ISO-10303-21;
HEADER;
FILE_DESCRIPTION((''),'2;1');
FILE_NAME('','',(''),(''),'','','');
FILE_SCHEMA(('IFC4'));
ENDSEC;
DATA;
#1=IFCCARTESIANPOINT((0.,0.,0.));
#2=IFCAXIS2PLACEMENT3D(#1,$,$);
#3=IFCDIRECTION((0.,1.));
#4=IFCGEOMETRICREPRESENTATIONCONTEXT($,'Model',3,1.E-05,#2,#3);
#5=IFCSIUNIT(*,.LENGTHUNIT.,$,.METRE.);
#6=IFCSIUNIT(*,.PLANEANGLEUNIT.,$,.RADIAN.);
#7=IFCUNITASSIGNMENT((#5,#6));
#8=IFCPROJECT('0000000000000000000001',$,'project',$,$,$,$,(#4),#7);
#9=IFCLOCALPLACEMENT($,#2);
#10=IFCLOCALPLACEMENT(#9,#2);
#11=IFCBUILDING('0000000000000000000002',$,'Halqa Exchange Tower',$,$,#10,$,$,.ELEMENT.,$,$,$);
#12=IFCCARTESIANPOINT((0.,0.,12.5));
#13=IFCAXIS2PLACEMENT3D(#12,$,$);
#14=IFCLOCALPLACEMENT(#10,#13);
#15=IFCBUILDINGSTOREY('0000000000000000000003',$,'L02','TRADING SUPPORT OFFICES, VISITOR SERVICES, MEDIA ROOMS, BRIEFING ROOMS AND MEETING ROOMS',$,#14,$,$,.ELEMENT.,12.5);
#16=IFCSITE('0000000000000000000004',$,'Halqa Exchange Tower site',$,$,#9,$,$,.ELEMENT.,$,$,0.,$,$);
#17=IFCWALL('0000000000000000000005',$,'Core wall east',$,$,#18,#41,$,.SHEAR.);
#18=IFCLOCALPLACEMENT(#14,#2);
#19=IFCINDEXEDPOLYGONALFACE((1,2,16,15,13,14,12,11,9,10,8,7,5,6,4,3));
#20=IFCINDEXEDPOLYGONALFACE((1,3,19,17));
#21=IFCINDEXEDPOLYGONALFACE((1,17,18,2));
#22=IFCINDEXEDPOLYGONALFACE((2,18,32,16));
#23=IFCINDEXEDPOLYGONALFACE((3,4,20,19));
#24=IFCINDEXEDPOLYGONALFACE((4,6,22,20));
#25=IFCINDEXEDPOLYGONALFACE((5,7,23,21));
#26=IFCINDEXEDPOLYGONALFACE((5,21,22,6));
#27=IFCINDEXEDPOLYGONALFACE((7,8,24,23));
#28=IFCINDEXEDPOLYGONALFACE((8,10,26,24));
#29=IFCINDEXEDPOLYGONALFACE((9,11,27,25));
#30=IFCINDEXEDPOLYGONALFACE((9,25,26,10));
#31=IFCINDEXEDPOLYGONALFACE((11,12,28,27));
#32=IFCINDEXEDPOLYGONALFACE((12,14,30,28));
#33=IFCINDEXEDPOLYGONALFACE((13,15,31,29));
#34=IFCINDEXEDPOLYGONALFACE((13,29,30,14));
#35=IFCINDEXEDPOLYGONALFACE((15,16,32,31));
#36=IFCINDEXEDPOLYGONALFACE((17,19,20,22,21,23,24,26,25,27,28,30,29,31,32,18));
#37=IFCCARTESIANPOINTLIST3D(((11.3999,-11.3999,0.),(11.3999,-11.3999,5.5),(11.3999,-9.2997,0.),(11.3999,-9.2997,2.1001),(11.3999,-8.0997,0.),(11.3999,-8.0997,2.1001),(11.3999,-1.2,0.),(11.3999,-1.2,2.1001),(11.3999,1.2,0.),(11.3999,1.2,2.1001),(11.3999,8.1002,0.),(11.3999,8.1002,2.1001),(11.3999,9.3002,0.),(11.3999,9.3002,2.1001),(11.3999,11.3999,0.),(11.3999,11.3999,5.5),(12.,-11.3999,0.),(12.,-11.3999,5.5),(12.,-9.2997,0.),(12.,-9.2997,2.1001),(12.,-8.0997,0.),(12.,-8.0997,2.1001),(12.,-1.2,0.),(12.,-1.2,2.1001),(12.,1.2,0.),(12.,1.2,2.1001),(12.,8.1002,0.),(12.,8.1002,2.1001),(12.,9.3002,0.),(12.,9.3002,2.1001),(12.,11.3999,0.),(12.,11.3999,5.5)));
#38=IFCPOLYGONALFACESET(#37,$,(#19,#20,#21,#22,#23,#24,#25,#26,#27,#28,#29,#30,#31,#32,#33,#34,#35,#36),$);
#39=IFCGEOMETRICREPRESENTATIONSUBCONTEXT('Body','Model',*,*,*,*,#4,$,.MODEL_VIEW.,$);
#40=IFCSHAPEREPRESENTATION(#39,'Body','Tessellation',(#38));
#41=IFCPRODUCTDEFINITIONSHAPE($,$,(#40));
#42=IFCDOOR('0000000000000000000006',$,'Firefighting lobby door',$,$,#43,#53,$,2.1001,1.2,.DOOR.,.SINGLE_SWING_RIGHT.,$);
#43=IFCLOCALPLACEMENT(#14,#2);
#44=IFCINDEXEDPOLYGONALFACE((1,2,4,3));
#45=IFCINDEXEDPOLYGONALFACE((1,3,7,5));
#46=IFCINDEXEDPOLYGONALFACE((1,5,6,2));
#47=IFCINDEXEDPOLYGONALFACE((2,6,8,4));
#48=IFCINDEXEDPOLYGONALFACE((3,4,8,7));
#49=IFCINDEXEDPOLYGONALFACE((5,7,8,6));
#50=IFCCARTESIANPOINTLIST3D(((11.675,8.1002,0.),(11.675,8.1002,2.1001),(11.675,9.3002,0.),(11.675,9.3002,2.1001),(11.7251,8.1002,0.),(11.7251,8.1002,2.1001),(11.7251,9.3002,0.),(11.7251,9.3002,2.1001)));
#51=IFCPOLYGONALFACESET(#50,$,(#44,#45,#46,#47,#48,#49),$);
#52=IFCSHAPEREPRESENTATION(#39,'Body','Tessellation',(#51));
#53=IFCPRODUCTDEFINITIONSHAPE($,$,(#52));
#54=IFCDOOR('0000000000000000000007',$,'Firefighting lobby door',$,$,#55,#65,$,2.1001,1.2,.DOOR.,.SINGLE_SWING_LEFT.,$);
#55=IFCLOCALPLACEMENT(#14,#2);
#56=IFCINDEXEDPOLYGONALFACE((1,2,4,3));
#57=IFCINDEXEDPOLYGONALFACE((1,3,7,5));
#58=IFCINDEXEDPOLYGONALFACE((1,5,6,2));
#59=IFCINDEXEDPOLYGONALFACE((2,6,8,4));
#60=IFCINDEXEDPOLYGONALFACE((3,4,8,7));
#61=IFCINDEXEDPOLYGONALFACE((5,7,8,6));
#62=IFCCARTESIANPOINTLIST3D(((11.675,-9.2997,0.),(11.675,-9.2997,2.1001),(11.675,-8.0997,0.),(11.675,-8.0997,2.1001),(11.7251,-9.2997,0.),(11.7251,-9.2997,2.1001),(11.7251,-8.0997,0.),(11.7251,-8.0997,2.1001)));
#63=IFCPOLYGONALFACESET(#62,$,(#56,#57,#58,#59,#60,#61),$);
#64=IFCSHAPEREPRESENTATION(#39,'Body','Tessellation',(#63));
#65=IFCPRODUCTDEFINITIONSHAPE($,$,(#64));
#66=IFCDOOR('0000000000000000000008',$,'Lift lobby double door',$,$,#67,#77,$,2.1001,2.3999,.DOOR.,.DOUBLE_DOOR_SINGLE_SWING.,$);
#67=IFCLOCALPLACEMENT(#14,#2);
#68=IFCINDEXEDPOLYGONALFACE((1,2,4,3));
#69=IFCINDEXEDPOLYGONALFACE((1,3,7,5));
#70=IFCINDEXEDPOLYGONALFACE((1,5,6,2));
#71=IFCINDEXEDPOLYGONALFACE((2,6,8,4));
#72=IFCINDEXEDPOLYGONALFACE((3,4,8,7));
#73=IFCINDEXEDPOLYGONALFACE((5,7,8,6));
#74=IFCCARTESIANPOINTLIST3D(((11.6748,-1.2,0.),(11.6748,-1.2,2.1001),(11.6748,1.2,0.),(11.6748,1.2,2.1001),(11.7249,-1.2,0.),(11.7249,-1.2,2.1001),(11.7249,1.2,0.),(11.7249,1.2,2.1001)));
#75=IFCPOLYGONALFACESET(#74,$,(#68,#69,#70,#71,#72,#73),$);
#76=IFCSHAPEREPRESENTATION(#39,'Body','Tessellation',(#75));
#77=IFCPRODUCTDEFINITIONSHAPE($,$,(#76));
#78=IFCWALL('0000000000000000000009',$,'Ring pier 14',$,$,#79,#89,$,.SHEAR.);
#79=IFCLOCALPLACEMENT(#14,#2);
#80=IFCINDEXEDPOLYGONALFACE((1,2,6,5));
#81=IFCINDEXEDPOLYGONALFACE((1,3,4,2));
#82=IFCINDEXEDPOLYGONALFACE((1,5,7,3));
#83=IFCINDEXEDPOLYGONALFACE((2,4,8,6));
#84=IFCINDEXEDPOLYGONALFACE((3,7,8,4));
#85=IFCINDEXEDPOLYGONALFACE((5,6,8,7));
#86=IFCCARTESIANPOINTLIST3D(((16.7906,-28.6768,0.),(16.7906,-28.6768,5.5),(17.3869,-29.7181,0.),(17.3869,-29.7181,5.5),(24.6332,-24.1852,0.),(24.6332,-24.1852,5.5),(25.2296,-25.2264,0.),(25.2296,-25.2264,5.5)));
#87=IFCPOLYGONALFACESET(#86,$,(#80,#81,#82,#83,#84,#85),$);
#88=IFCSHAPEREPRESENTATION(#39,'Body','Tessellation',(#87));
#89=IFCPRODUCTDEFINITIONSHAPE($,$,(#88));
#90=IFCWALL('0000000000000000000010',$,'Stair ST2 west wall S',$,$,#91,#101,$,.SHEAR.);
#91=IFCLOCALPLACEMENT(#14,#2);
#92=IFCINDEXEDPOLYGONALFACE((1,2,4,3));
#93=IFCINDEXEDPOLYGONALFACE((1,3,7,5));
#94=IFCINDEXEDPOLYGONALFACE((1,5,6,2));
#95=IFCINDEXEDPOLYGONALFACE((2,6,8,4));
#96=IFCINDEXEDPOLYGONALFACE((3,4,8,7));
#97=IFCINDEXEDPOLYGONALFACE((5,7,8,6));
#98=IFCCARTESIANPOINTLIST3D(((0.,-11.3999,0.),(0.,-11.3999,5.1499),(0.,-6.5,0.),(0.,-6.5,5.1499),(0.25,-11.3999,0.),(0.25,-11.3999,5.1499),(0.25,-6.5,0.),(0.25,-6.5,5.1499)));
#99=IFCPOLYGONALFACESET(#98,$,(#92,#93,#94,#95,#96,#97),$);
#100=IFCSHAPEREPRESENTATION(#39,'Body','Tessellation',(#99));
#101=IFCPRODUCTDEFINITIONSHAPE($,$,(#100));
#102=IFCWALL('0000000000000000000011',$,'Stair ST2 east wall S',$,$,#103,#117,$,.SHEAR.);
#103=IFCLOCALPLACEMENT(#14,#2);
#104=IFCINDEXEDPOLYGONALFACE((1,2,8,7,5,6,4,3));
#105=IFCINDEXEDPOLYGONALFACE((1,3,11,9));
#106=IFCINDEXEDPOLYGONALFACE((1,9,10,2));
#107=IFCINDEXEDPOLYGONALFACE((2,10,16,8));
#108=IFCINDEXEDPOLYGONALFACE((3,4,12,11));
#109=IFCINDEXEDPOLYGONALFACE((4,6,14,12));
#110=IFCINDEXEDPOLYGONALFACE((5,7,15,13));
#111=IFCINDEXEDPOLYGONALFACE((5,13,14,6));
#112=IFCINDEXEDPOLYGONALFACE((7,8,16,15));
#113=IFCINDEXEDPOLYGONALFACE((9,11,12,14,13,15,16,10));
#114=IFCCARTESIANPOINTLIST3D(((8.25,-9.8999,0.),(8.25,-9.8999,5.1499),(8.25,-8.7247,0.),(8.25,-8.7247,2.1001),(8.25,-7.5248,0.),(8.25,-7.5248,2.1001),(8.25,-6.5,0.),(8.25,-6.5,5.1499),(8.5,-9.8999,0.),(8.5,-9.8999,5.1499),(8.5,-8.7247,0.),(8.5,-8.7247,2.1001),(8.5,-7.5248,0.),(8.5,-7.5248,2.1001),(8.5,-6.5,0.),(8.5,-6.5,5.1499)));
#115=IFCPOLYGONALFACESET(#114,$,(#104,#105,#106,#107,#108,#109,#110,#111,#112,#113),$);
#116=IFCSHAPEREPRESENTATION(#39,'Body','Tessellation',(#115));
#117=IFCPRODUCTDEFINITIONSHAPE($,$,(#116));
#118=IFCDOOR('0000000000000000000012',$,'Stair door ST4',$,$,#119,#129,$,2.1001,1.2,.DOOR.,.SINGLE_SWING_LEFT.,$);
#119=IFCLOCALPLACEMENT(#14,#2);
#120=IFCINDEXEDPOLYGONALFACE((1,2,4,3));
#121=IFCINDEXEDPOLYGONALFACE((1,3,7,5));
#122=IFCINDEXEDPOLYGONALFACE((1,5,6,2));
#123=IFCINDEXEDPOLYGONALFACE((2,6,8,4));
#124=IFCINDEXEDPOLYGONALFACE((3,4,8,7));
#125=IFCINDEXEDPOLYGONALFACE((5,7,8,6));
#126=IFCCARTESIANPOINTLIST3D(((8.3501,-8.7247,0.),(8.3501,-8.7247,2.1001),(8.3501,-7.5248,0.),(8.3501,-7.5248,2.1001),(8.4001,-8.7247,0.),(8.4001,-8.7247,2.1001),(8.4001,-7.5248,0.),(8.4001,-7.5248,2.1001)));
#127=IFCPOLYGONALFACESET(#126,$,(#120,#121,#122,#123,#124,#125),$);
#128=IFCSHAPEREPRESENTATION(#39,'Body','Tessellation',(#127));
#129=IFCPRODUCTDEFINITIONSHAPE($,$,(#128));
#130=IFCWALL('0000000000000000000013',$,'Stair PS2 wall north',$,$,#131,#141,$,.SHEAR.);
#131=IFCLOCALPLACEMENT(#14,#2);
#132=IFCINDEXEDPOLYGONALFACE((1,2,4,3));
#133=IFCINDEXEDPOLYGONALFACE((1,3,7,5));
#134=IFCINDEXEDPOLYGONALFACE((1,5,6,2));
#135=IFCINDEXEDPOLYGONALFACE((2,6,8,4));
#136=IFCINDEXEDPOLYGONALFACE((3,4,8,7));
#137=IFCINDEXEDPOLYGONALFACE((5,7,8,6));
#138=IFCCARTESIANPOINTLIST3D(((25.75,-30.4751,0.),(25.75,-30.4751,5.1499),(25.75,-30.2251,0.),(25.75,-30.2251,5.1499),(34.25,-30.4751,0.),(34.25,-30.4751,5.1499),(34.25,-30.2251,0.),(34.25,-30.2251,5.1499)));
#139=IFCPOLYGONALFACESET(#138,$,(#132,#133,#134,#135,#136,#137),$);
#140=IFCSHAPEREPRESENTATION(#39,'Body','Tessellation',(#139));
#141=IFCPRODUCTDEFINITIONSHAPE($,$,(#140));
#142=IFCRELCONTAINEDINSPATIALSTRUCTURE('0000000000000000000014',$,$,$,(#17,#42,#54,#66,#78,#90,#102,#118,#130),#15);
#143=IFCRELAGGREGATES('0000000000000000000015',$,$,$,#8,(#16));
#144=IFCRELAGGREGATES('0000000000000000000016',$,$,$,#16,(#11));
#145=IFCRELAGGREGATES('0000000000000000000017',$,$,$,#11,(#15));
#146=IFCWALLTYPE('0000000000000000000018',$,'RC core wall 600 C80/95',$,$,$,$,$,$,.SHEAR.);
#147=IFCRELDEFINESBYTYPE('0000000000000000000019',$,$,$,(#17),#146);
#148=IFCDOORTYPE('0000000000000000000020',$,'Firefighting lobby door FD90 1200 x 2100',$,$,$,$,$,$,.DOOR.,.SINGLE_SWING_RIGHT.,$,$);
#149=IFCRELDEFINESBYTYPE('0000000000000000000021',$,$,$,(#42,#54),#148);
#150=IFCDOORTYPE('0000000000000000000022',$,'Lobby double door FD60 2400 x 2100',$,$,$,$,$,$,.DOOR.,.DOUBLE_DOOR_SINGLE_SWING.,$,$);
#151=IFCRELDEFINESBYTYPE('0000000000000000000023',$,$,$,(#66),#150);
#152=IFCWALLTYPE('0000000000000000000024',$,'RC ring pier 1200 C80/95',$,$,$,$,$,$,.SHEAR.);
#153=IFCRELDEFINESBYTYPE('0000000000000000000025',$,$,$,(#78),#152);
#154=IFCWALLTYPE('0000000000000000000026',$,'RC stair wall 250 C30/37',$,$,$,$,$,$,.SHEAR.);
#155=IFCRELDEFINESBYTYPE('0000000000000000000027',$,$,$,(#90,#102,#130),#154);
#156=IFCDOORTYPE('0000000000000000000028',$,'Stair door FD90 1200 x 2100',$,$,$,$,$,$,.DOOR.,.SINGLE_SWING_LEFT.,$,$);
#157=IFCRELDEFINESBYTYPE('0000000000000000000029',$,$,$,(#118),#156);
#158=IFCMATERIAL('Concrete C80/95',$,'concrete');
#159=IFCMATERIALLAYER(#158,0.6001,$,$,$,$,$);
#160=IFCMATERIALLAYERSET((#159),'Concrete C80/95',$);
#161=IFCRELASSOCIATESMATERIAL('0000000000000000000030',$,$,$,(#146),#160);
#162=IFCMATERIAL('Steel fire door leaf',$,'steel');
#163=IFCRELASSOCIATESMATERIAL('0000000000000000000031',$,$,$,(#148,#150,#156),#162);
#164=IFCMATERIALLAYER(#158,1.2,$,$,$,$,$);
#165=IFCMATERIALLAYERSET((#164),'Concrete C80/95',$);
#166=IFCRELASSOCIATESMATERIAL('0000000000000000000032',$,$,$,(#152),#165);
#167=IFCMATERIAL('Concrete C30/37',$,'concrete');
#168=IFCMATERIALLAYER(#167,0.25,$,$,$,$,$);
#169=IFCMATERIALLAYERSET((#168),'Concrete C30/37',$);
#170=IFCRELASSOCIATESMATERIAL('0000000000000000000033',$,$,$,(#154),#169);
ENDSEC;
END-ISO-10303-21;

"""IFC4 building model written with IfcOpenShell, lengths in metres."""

from ifc_helpers import new_model, si_unit, direction, frame, frame_2d, origin, place, context, subcontext, project, spatial, rectangle, extrude, material, layer, layer_set, type_object, element, fill, save


model = new_model("IFC4")

# Units and contexts
model_context = context("Model", 3, precision=1e-05, world=origin(), true_north=direction((0.0, 1.0)))
body_context = subcontext(model_context, "Body", "Model", "MODEL_VIEW")
ifc_project = project(units=[si_unit("LENGTHUNIT", "METRE"), si_unit("PLANEANGLEUNIT", "RADIAN")], contexts=[model_context])

# Site, building, storey
site_placement = place(None, origin())
site = spatial("IfcSite", under=ifc_project, at=site_placement, Name="Halqa Exchange Tower site", CompositionType="ELEMENT", RefElevation=0.0)
building_placement = place(site_placement, origin())
building = spatial("IfcBuilding", under=site, at=building_placement, Name="Halqa Exchange Tower", CompositionType="ELEMENT")
storey_placement = place(building_placement, frame((0.0, 0.0, 12.5)))
storey = spatial("IfcBuildingStorey", under=building, at=storey_placement, Name="L02", Description="TRADING SUPPORT OFFICES, VISITOR SERVICES, MEDIA ROOMS, BRIEFING ROOMS AND MEETING ROOMS", CompositionType="ELEMENT", Elevation=12.5)

# Shared definitions
ifc_material_1 = material(Name="Steel fire door leaf", Category="steel")

# Wall, openings, doors
ifc_material_2 = material(Name="Concrete C80/95", Category="concrete")
ifc_layer_1 = layer(ifc_material_2, 0.6001)
ifc_layer_set_1 = layer_set([ifc_layer_1], Name="Concrete C80/95")
wall_type_1 = type_object("IfcWallType", Name="RC core wall 600 C80/95", PredefinedType="SHEAR", material=ifc_layer_set_1)
wall_1_placement = place(storey_placement, frame((11.7, -11.3999, 0.0), z_axis=(0.0, 0.0, 1.0), x_axis=(0.0, 1.0, 0.0)))
wall_1 = element("IfcWall", 1, at=wall_1_placement, inside=storey, type_object=wall_type_1, Name="Core wall east", PredefinedType="SHEAR", context=body_context, shape_type="SweptSolid", body=[
    extrude(rectangle(XDim=22.7998, YDim=0.6001, at=frame_2d((11.3999, 0.0))), origin(), (0.0, 0.0, 1.0), 5.5),
])
opening_1_placement = place(wall_1_placement, frame((10.2, 0.0, 0.0)))
opening_1 = element("IfcOpeningElement", 2, at=opening_1_placement, cuts=wall_1, PredefinedType="OPENING", context=body_context, shape_type="SweptSolid", body=[
    extrude(rectangle(XDim=2.3999, YDim=2.1001, at=frame_2d((1.2, 1.05))), frame((0.0, 0.312, 0.0), z_axis=(0.0, -1.0, 0.0), x_axis=(1.0, 0.0, 0.0)), (0.0, 0.0, 1.0), 0.624),
])
opening_2_placement = place(wall_1_placement, frame((19.5, 0.0, 0.0)))
opening_2 = element("IfcOpeningElement", 3, at=opening_2_placement, cuts=wall_1, PredefinedType="OPENING", context=body_context, shape_type="SweptSolid", body=[
    extrude(rectangle(XDim=1.2, YDim=2.1001, at=frame_2d((0.6001, 1.05))), frame((0.0, 0.312, 0.0), z_axis=(0.0, -1.0, 0.0), x_axis=(1.0, 0.0, 0.0)), (0.0, 0.0, 1.0), 0.624),
])
opening_3_placement = place(wall_1_placement, frame((2.1001, 0.0, 0.0)))
opening_3 = element("IfcOpeningElement", 4, at=opening_3_placement, cuts=wall_1, PredefinedType="OPENING", context=body_context, shape_type="SweptSolid", body=[
    extrude(rectangle(XDim=1.2, YDim=2.1001, at=frame_2d((0.6001, 1.05))), frame((0.0, 0.312, 0.0), z_axis=(0.0, -1.0, 0.0), x_axis=(1.0, 0.0, 0.0)), (0.0, 0.0, 1.0), 0.624),
])
door_type_1 = type_object("IfcDoorType", Name="Firefighting lobby door FD90 1200 x 2100", OperationType="SINGLE_SWING_RIGHT", PredefinedType="DOOR", material=ifc_material_1)
door_1_placement = place(opening_2_placement, origin())
door_1 = element("IfcDoor", 5, at=door_1_placement, inside=storey, type_object=door_type_1, Name="Firefighting lobby door", OperationType="SINGLE_SWING_RIGHT", OverallHeight=2.1001, OverallWidth=1.2, PredefinedType="DOOR", context=body_context, shape_type="SweptSolid", body=[
    extrude(rectangle(XDim=1.2, YDim=2.1001, at=frame_2d((0.6001, 1.05))), frame((0.0, 0.0249, 0.0), z_axis=(0.0, -1.0, 0.0), x_axis=(1.0, 0.0, 0.0)), (0.0, 0.0, 1.0), 0.05),
])
fill(opening_2, door_1)
door_2_placement = place(opening_3_placement, origin())
door_2 = element("IfcDoor", 6, at=door_2_placement, inside=storey, type_object=door_type_1, Name="Firefighting lobby door", OperationType="SINGLE_SWING_LEFT", OverallHeight=2.1001, OverallWidth=1.2, PredefinedType="DOOR", context=body_context, shape_type="SweptSolid", body=[
    extrude(rectangle(XDim=1.2, YDim=2.1001, at=frame_2d((0.6001, 1.05))), frame((0.0, 0.0249, 0.0), z_axis=(0.0, -1.0, 0.0), x_axis=(1.0, 0.0, 0.0)), (0.0, 0.0, 1.0), 0.05),
])
fill(opening_3, door_2)
door_type_2 = type_object("IfcDoorType", Name="Lobby double door FD60 2400 x 2100", OperationType="DOUBLE_DOOR_SINGLE_SWING", PredefinedType="DOOR", material=ifc_material_1)
door_3_placement = place(opening_1_placement, frame((2.3999, 0.0, 0.0), z_axis=(0.0, 0.0, 1.0), x_axis=(-1.0, 0.0, 0.0)))
door_3 = element("IfcDoor", 7, at=door_3_placement, inside=storey, type_object=door_type_2, Name="Lift lobby double door", OperationType="DOUBLE_DOOR_SINGLE_SWING", OverallHeight=2.1001, OverallWidth=2.3999, PredefinedType="DOOR", context=body_context, shape_type="SweptSolid", body=[
    extrude(rectangle(XDim=2.3999, YDim=2.1001, at=frame_2d((1.2, 1.05))), frame((0.0, 0.0249, 0.0), z_axis=(0.0, -1.0, 0.0), x_axis=(1.0, 0.0, 0.0)), (0.0, 0.0, 1.0), 0.05),
])
fill(opening_1, door_3)

# Walls
ifc_layer_2 = layer(ifc_material_2, 1.2)
ifc_layer_set_2 = layer_set([ifc_layer_2], Name="Concrete C80/95")
wall_type_2 = type_object("IfcWallType", Name="RC ring pier 1200 C80/95", PredefinedType="SHEAR", material=ifc_layer_set_2)
wall_2_placement = place(storey_placement, frame((17.0886, -29.1975, 0.0), z_axis=(0.0, 0.0, 1.0), x_axis=(0.867761, 0.496982, 0.0)))
element("IfcWall", 8, at=wall_2_placement, inside=storey, type_object=wall_type_2, Name="Ring pier 14", PredefinedType="SHEAR", context=body_context, shape_type="SweptSolid", body=[
    extrude(rectangle(XDim=9.0378, YDim=1.2, at=frame_2d((4.519, 0.0))), origin(), (0.0, 0.0, 1.0), 5.5),
])
ifc_material_3 = material(Name="Concrete C30/37", Category="concrete")
ifc_layer_3 = layer(ifc_material_3, 0.25)
ifc_layer_set_3 = layer_set([ifc_layer_3], Name="Concrete C30/37")
wall_type_3 = type_object("IfcWallType", Name="RC stair wall 250 C30/37", PredefinedType="SHEAR", material=ifc_layer_set_3)
wall_3_placement = place(storey_placement, frame((0.125, -11.3999, 0.0), z_axis=(0.0, 0.0, 1.0), x_axis=(0.0, 1.0, 0.0)))
element("IfcWall", 9, at=wall_3_placement, inside=storey, type_object=wall_type_3, Name="Stair ST2 west wall S", PredefinedType="SHEAR", context=body_context, shape_type="SweptSolid", body=[
    extrude(rectangle(XDim=4.8999, YDim=0.25, at=frame_2d((2.45, 0.0))), origin(), (0.0, 0.0, 1.0), 5.1499),
])

# Wall, opening, door
wall_4_placement = place(storey_placement, frame((8.375, -9.8999, 0.0), z_axis=(0.0, 0.0, 1.0), x_axis=(0.0, 1.0, 0.0)))
wall_4 = element("IfcWall", 10, at=wall_4_placement, inside=storey, type_object=wall_type_3, Name="Stair ST2 east wall S", PredefinedType="SHEAR", context=body_context, shape_type="SweptSolid", body=[
    extrude(rectangle(XDim=3.3999, YDim=0.25, at=frame_2d((1.7, 0.0))), origin(), (0.0, 0.0, 1.0), 5.1499),
])
opening_4_placement = place(wall_4_placement, frame((1.175, 0.0, 0.0)))
opening_4 = element("IfcOpeningElement", 11, at=opening_4_placement, cuts=wall_4, PredefinedType="OPENING", context=body_context, shape_type="SweptSolid", body=[
    extrude(rectangle(XDim=1.2, YDim=2.1001, at=frame_2d((0.6001, 1.05))), frame((0.0, 0.137, 0.0), z_axis=(0.0, -1.0, 0.0), x_axis=(1.0, 0.0, 0.0)), (0.0, 0.0, 1.0), 0.2739),
])
door_type_3 = type_object("IfcDoorType", Name="Stair door FD90 1200 x 2100", OperationType="SINGLE_SWING_LEFT", PredefinedType="DOOR", material=ifc_material_1)
door_4_placement = place(opening_4_placement, origin())
door_4 = element("IfcDoor", 12, at=door_4_placement, inside=storey, type_object=door_type_3, Name="Stair door ST4", OperationType="SINGLE_SWING_LEFT", OverallHeight=2.1001, OverallWidth=1.2, PredefinedType="DOOR", context=body_context, shape_type="SweptSolid", body=[
    extrude(rectangle(XDim=1.2, YDim=2.1001, at=frame_2d((0.6001, 1.05))), frame((0.0, 0.0249, 0.0), z_axis=(0.0, -1.0, 0.0), x_axis=(1.0, 0.0, 0.0)), (0.0, 0.0, 1.0), 0.05),
])
fill(opening_4, door_4)

# Wall
wall_5_placement = place(storey_placement, frame((25.75, -30.3501, 0.0), z_axis=(0.0, 0.0, 1.0), x_axis=(1.0, 0.0, 0.0)))
element("IfcWall", 13, at=wall_5_placement, inside=storey, type_object=wall_type_3, Name="Stair PS2 wall north", PredefinedType="SHEAR", context=body_context, shape_type="SweptSolid", body=[
    extrude(rectangle(XDim=8.5, YDim=0.25, at=frame_2d((4.25, 0.0))), origin(), (0.0, 0.0, 1.0), 5.1499),
])

save(model, "model.ifc")
